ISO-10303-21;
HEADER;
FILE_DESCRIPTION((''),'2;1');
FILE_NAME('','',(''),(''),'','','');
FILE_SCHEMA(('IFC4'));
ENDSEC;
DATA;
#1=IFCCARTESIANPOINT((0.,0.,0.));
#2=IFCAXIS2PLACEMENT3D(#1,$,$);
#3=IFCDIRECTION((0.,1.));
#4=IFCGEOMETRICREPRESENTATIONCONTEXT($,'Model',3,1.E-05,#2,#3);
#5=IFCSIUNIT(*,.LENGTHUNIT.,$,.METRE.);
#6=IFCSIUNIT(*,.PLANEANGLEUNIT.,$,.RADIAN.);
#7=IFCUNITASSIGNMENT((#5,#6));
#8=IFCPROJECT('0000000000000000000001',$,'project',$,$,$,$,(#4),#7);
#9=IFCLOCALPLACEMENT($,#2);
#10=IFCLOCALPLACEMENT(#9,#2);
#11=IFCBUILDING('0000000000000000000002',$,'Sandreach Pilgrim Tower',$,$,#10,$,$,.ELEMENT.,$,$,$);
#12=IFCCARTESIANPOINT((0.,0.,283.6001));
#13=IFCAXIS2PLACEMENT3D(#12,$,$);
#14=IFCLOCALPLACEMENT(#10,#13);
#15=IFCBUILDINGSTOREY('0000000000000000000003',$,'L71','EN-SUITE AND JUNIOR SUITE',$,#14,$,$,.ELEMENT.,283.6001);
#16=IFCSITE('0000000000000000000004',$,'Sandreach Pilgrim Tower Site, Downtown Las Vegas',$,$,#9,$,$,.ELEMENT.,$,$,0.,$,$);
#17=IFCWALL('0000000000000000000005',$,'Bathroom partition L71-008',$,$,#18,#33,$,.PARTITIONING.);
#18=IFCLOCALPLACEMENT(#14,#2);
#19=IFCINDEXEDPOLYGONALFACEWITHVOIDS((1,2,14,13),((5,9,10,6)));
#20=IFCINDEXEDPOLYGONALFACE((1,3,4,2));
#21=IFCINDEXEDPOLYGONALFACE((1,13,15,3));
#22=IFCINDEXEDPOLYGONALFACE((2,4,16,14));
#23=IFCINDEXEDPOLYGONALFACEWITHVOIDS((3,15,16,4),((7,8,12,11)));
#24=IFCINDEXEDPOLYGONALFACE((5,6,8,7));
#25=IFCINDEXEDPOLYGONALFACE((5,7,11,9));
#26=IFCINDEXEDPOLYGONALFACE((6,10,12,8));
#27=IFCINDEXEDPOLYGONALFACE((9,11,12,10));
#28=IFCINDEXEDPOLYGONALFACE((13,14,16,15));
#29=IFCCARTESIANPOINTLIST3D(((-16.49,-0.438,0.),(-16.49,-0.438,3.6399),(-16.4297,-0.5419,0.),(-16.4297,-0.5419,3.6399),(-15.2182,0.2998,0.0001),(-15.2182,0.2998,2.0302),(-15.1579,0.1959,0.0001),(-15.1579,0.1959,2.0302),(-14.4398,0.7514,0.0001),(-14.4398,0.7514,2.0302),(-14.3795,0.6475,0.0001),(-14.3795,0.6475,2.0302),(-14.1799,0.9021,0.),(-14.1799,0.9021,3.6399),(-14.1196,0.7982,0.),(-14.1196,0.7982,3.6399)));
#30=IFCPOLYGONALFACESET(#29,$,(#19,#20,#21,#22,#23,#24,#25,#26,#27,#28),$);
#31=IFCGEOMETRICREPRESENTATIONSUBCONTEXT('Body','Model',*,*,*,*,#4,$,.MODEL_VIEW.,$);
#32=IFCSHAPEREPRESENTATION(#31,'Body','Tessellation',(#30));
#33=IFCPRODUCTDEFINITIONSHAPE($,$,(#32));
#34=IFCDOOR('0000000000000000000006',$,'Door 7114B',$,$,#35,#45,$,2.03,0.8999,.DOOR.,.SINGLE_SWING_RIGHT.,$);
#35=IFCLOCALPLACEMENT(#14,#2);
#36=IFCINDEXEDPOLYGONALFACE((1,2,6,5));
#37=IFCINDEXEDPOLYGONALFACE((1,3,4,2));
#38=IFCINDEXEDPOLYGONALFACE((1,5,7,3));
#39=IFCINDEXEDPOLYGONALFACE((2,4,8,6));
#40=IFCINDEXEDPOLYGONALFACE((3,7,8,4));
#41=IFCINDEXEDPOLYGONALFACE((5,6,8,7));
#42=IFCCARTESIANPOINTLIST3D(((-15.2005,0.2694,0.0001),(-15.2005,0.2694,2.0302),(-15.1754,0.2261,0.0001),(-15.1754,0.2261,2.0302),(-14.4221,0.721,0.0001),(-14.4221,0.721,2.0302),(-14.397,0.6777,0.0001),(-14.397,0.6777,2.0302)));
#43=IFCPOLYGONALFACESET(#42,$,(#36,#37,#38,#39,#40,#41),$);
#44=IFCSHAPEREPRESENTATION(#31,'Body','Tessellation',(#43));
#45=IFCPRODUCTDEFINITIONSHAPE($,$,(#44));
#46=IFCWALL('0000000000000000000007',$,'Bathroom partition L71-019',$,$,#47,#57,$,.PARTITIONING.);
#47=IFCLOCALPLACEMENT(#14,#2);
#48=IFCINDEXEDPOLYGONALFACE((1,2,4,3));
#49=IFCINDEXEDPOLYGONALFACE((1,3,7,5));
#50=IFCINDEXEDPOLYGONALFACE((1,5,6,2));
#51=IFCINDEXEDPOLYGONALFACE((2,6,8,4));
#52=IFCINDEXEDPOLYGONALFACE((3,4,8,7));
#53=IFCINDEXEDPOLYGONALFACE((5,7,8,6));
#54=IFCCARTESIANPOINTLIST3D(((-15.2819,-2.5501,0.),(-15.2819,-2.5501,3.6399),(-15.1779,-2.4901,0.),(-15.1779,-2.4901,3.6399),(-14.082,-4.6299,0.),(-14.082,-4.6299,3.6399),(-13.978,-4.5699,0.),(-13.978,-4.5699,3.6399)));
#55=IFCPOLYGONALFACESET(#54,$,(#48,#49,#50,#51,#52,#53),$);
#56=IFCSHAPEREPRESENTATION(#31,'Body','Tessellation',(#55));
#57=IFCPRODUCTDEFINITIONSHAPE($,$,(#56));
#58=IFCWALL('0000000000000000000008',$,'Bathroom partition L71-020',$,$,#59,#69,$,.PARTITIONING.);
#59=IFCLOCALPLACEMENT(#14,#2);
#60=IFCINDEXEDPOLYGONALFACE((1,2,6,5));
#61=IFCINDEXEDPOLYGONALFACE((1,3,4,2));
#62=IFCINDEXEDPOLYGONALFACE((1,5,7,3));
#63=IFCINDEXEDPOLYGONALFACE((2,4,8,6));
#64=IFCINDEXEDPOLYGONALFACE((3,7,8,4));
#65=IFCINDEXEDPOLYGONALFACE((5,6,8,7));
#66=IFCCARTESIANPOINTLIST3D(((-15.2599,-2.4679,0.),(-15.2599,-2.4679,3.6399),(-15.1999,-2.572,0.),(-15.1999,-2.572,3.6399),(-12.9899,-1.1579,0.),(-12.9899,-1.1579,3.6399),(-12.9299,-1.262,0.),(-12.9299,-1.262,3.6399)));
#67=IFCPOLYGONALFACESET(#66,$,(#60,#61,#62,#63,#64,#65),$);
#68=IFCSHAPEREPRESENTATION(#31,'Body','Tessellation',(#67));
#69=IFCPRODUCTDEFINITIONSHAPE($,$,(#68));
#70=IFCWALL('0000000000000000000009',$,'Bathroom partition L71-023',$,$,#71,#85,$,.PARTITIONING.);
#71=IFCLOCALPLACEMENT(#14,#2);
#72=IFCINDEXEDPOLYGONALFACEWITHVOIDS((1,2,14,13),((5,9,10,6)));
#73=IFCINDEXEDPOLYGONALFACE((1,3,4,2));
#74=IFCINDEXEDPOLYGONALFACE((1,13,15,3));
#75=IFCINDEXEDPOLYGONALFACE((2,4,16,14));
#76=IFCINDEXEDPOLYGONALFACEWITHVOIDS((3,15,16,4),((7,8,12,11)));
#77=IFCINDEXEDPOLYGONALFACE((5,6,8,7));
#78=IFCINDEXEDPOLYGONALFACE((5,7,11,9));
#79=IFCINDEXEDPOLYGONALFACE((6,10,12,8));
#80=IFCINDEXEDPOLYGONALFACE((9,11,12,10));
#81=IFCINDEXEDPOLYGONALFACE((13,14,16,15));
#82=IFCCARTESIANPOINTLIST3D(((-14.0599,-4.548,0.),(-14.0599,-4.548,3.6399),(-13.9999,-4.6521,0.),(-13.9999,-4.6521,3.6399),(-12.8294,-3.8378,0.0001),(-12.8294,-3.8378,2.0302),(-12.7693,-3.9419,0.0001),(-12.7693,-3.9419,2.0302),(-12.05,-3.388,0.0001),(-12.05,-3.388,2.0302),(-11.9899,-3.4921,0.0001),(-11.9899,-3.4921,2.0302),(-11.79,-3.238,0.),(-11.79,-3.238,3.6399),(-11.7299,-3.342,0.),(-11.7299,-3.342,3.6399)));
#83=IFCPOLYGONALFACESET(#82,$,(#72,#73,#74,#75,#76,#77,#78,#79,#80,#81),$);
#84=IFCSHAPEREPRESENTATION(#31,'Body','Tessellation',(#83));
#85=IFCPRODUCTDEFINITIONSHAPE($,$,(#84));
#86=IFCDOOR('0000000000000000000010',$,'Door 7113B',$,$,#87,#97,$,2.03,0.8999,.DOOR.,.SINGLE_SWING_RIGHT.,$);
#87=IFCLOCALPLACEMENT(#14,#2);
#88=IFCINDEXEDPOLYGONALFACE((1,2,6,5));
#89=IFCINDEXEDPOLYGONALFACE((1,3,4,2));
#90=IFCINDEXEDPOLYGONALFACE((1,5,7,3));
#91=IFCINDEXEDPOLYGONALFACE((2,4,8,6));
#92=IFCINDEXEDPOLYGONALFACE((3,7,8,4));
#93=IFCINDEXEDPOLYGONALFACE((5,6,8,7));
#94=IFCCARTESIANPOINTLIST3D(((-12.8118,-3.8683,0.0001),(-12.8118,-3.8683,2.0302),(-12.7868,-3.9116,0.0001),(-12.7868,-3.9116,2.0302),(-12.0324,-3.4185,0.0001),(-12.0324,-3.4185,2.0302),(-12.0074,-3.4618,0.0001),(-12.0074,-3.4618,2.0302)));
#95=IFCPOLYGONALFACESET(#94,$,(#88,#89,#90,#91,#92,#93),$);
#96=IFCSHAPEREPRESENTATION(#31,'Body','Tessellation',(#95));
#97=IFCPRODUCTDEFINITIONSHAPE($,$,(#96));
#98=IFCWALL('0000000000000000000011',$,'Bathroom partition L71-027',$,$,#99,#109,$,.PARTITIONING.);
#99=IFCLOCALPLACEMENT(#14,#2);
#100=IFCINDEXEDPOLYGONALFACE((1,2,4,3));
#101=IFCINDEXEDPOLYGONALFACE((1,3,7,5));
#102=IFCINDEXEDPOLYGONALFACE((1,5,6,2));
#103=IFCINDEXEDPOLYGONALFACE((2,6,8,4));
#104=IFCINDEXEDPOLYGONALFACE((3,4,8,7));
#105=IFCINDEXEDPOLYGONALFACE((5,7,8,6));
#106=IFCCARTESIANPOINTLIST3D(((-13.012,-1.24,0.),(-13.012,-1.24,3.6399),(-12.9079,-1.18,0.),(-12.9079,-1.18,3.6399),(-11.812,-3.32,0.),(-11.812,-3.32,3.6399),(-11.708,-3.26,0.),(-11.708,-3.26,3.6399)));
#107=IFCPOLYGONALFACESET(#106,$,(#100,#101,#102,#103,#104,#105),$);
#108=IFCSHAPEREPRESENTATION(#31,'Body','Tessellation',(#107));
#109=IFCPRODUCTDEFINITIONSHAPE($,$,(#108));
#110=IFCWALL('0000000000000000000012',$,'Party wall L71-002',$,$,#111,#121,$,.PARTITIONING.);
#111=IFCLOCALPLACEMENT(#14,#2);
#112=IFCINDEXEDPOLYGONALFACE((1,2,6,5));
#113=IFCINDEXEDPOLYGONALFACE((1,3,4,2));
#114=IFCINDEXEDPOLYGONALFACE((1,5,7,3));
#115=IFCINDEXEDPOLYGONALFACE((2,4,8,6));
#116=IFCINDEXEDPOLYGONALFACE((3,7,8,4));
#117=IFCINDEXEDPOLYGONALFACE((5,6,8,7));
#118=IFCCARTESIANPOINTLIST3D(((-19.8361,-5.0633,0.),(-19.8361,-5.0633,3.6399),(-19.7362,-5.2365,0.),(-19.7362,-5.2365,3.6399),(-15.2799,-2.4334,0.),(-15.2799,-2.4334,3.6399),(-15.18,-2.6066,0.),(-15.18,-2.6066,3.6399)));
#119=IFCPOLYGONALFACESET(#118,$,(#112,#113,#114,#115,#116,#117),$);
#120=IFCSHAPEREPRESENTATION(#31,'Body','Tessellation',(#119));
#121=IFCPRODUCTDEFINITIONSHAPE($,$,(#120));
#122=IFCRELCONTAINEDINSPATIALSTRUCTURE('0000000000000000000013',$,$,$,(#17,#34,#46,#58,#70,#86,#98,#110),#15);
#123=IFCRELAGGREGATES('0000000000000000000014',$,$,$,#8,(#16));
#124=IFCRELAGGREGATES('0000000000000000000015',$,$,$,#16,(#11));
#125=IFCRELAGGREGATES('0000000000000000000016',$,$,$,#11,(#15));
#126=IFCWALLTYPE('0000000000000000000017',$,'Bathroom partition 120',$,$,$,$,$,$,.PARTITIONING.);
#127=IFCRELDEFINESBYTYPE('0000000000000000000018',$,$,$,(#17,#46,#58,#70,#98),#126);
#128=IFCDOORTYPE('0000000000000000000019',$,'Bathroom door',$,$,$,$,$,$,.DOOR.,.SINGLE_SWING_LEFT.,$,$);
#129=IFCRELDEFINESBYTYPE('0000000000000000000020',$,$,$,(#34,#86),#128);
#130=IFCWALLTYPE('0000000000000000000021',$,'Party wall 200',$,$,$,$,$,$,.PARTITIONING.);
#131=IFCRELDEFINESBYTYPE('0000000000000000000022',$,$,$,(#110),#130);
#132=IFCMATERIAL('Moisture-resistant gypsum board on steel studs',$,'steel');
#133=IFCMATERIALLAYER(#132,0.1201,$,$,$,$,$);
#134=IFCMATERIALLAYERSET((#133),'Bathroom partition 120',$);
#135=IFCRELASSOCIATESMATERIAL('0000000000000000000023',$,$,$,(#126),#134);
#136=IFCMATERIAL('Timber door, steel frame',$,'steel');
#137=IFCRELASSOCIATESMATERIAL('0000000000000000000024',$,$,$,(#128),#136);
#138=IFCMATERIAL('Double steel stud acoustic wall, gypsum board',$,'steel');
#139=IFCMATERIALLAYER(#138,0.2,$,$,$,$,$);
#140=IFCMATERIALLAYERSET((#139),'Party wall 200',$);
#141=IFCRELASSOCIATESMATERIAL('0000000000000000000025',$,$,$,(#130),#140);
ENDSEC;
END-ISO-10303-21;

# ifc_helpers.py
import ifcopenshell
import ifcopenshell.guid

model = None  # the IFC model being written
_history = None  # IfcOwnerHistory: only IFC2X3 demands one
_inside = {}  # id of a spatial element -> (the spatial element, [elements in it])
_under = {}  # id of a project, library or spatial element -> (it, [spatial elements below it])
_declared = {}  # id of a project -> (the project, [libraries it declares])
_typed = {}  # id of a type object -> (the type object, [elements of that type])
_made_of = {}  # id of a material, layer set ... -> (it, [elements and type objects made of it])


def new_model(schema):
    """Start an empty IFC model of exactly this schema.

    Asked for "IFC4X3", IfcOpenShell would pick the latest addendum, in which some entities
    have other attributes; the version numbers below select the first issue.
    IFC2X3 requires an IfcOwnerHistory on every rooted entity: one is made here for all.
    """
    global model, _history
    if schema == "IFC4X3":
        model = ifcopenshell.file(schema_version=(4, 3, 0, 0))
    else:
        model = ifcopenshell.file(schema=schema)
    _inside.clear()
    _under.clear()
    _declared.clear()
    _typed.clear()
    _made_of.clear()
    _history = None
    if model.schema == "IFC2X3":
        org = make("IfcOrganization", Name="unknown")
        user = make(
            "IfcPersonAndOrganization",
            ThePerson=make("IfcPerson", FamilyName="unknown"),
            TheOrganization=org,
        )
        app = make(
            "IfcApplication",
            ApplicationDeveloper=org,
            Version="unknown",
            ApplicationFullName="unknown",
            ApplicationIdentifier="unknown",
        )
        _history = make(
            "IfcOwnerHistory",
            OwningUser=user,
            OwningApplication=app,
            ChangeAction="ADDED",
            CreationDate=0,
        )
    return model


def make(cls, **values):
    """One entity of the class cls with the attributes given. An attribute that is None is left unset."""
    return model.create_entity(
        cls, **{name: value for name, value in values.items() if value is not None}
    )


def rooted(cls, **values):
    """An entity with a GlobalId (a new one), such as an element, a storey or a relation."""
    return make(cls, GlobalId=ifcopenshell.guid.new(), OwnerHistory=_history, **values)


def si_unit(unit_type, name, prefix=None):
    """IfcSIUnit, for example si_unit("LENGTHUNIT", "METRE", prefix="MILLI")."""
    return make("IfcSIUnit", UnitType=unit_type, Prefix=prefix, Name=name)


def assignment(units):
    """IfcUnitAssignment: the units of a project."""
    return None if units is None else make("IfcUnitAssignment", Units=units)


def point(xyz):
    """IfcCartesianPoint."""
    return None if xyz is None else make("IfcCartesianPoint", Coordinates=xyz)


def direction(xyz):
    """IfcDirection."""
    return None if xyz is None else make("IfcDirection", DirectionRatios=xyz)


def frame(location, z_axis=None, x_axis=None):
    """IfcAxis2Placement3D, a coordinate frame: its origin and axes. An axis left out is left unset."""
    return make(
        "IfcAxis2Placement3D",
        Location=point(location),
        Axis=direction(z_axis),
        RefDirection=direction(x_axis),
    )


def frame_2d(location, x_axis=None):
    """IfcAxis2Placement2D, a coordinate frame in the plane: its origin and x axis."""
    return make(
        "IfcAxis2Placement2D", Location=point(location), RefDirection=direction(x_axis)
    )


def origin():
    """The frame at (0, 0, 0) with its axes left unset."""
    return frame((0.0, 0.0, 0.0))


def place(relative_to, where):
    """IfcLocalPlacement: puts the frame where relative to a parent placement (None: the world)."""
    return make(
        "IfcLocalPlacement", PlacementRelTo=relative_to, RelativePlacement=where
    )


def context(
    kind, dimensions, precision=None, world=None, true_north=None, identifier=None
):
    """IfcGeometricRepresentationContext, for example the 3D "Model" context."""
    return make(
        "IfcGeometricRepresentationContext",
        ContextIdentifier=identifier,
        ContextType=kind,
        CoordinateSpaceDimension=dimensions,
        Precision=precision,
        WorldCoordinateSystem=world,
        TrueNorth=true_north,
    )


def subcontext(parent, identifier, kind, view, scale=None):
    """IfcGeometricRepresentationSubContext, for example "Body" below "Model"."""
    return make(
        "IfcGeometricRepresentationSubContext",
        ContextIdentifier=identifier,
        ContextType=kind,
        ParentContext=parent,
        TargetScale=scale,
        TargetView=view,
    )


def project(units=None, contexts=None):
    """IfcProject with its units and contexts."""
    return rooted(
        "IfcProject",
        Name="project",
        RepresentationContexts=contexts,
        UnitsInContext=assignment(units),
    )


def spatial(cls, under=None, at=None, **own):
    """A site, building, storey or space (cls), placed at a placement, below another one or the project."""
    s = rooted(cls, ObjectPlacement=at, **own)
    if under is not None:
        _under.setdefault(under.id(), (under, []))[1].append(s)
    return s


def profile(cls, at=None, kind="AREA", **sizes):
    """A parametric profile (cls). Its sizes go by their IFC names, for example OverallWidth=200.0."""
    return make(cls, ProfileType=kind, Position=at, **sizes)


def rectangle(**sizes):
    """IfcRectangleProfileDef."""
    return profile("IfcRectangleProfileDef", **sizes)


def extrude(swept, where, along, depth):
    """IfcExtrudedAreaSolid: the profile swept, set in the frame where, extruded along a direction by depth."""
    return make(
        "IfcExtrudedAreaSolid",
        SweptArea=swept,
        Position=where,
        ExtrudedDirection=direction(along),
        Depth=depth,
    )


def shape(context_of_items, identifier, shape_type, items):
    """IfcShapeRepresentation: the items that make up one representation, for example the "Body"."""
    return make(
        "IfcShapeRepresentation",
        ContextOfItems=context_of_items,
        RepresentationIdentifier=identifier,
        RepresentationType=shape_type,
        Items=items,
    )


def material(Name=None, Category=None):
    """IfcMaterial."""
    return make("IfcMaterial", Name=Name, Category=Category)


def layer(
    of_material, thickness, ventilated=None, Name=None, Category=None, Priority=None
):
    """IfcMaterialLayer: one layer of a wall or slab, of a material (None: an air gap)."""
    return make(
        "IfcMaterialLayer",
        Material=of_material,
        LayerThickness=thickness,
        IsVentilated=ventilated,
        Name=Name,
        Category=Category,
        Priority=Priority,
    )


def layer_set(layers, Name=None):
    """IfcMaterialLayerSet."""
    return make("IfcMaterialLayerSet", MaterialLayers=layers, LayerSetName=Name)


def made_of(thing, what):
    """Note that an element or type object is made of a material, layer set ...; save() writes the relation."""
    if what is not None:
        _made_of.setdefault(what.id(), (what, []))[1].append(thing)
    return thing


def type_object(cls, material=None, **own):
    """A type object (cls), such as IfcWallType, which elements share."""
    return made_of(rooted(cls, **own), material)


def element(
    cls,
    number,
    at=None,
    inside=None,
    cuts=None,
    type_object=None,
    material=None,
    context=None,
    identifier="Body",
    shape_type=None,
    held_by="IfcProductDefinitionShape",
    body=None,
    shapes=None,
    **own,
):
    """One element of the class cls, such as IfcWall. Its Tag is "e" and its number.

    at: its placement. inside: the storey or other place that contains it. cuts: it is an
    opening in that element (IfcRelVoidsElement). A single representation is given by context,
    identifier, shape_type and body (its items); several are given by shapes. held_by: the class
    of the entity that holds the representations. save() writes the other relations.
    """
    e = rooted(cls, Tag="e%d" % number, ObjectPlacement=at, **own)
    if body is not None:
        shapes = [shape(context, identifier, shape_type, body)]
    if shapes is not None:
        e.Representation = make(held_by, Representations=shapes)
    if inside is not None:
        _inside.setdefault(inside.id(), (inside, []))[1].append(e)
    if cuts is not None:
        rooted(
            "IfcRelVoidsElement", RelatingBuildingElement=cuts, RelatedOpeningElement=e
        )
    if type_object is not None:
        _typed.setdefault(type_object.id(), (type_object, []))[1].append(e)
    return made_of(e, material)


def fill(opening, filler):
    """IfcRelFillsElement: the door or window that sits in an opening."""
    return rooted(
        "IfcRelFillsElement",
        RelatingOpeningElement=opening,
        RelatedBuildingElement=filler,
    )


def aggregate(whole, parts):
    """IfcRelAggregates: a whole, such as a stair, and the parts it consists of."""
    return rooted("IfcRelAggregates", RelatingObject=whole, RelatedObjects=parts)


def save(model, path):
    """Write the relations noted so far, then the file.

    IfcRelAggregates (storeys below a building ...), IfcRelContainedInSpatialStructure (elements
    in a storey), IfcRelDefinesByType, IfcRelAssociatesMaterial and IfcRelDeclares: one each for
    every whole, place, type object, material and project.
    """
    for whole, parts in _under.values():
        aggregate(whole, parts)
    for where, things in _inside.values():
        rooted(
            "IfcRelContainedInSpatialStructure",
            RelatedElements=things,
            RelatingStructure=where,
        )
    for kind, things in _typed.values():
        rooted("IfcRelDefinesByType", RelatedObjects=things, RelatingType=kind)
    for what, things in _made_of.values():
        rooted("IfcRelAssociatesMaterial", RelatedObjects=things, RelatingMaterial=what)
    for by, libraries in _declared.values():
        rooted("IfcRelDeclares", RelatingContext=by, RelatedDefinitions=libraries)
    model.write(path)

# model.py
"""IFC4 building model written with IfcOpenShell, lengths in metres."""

from ifc_helpers import new_model, si_unit, direction, frame, frame_2d, origin, place, context, subcontext, project, spatial, rectangle, extrude, material, layer, layer_set, type_object, element, fill, save


model = new_model("IFC4")

# Units and contexts
model_context = context("Model", 3, precision=1e-05, world=origin(), true_north=direction((0.0, 1.0)))
body_context = subcontext(model_context, "Body", "Model", "MODEL_VIEW")
ifc_project = project(units=[si_unit("LENGTHUNIT", "METRE"), si_unit("PLANEANGLEUNIT", "RADIAN")], contexts=[model_context])

# Site, building, storey
site_placement = place(None, origin())
site = spatial("IfcSite", under=ifc_project, at=site_placement, Name="Sandreach Pilgrim Tower Site, Downtown Las Vegas", CompositionType="ELEMENT", RefElevation=0.0)
building_placement = place(site_placement, origin())
building = spatial("IfcBuilding", under=site, at=building_placement, Name="Sandreach Pilgrim Tower", CompositionType="ELEMENT")
storey_placement = place(building_placement, frame((0.0, 0.0, 283.6001)))
storey = spatial("IfcBuildingStorey", under=building, at=storey_placement, Name="L71", Description="EN-SUITE AND JUNIOR SUITE", CompositionType="ELEMENT", Elevation=283.6001)

# Wall, opening, door
ifc_material_1 = material(Name="Moisture-resistant gypsum board on steel studs", Category="steel")
ifc_layer_1 = layer(ifc_material_1, 0.1201)
ifc_layer_set_1 = layer_set([ifc_layer_1], Name="Bathroom partition 120")
wall_type_1 = type_object("IfcWallType", Name="Bathroom partition 120", PredefinedType="PARTITIONING", material=ifc_layer_set_1)
wall_1_placement = place(storey_placement, frame((-16.46, -0.49, 0.0), z_axis=(0.0, 0.0, 1.0), x_axis=(0.86499, 0.501789, 0.0)))
wall_1 = element("IfcWall", 1, at=wall_1_placement, inside=storey, type_object=wall_type_1, Name="Bathroom partition L71-008", PredefinedType="PARTITIONING", context=body_context, shape_type="SweptSolid", body=[
    extrude(rectangle(XDim=2.6707, YDim=0.1201, at=frame_2d((1.3354, 0.0))), origin(), (0.0, 0.0, 1.0), 3.6399),
])
opening_1_placement = place(wall_1_placement, frame((1.4705, 0.0, 0.0)))
opening_1 = element("IfcOpeningElement", 2, at=opening_1_placement, cuts=wall_1, PredefinedType="OPENING", context=body_context, shape_type="SweptSolid", body=[
    extrude(rectangle(XDim=0.8999, YDim=2.03, at=frame_2d((0.45, 1.0151))), frame((0.0, 0.0601, 0.0), z_axis=(0.0, -1.0, 0.0), x_axis=(1.0, 0.0, 0.0)), (0.0, 0.0, 1.0), 0.1201),
])
ifc_material_2 = material(Name="Timber door, steel frame", Category="steel")
door_type_1 = type_object("IfcDoorType", Name="Bathroom door", OperationType="SINGLE_SWING_LEFT", PredefinedType="DOOR", material=ifc_material_2)
door_1_placement = place(opening_1_placement, origin())
door_1 = element("IfcDoor", 3, at=door_1_placement, inside=storey, type_object=door_type_1, Name="Door 7114B", OperationType="SINGLE_SWING_RIGHT", OverallHeight=2.03, OverallWidth=0.8999, PredefinedType="DOOR", context=body_context, shape_type="SweptSolid", body=[
    extrude(rectangle(XDim=0.8999, YDim=2.03, at=frame_2d((0.45, 1.0151))), frame((0.0, 0.0249, 0.0), z_axis=(0.0, -1.0, 0.0), x_axis=(1.0, 0.0, 0.0)), (0.0, 0.0, 1.0), 0.05),
])
fill(opening_1, door_1)

# Walls
wall_2_placement = place(storey_placement, frame((-15.23, -2.52, 0.0), z_axis=(0.0, 0.0, 1.0), x_axis=(0.499737, -0.866177, 0.0)))
element("IfcWall", 4, at=wall_2_placement, inside=storey, type_object=wall_type_1, Name="Bathroom partition L71-019", PredefinedType="PARTITIONING", context=body_context, shape_type="SweptSolid", body=[
    extrude(rectangle(XDim=2.4011, YDim=0.1201, at=frame_2d((1.2007, 0.0))), origin(), (0.0, 0.0, 1.0), 3.6399),
])
wall_3_placement = place(storey_placement, frame((-15.23, -2.52, 0.0), z_axis=(0.0, 0.0, 1.0), x_axis=(0.866114, 0.499846, 0.0)))
element("IfcWall", 5, at=wall_3_placement, inside=storey, type_object=wall_type_1, Name="Bathroom partition L71-020", PredefinedType="PARTITIONING", context=body_context, shape_type="SweptSolid", body=[
    extrude(rectangle(XDim=2.6208, YDim=0.1201, at=frame_2d((1.3105, 0.0))), origin(), (0.0, 0.0, 1.0), 3.6399),
])

# Wall, opening, door
wall_4_placement = place(storey_placement, frame((-14.03, -4.6001, 0.0), z_axis=(0.0, 0.0, 1.0), x_axis=(0.866114, 0.499846, 0.0)))
wall_4 = element("IfcWall", 6, at=wall_4_placement, inside=storey, type_object=wall_type_1, Name="Bathroom partition L71-023", PredefinedType="PARTITIONING", context=body_context, shape_type="SweptSolid", body=[
    extrude(rectangle(XDim=2.6208, YDim=0.1201, at=frame_2d((1.3105, 0.0))), origin(), (0.0, 0.0, 1.0), 3.6399),
])
opening_2_placement = place(wall_4_placement, frame((1.4209, 0.0, 0.0)))
opening_2 = element("IfcOpeningElement", 7, at=opening_2_placement, cuts=wall_4, PredefinedType="OPENING", context=body_context, shape_type="SweptSolid", body=[
    extrude(rectangle(XDim=0.8999, YDim=2.03, at=frame_2d((0.45, 1.0151))), frame((0.0, 0.0601, 0.0), z_axis=(0.0, -1.0, 0.0), x_axis=(1.0, 0.0, 0.0)), (0.0, 0.0, 1.0), 0.1201),
])
door_2_placement = place(opening_2_placement, origin())
door_2 = element("IfcDoor", 8, at=door_2_placement, inside=storey, type_object=door_type_1, Name="Door 7113B", OperationType="SINGLE_SWING_RIGHT", OverallHeight=2.03, OverallWidth=0.8999, PredefinedType="DOOR", context=body_context, shape_type="SweptSolid", body=[
    extrude(rectangle(XDim=0.8999, YDim=2.03, at=frame_2d((0.45, 1.0151))), frame((0.0, 0.0249, 0.0), z_axis=(0.0, -1.0, 0.0), x_axis=(1.0, 0.0, 0.0)), (0.0, 0.0, 1.0), 0.05),
])
fill(opening_2, door_2)

# Wall
wall_5_placement = place(storey_placement, frame((-12.96, -1.21, 0.0), z_axis=(0.0, 0.0, 1.0), x_axis=(0.499693, -0.866203, 0.0)))
element("IfcWall", 9, at=wall_5_placement, inside=storey, type_object=wall_type_1, Name="Bathroom partition L71-027", PredefinedType="PARTITIONING", context=body_context, shape_type="SweptSolid", body=[
    extrude(rectangle(XDim=2.4014, YDim=0.1201, at=frame_2d((1.2007, 0.0))), origin(), (0.0, 0.0, 1.0), 3.6399),
])

# Wall
ifc_material_3 = material(Name="Double steel stud acoustic wall, gypsum board", Category="steel")
ifc_layer_2 = layer(ifc_material_3, 0.2)
ifc_layer_set_2 = layer_set([ifc_layer_2], Name="Party wall 200")
wall_type_2 = type_object("IfcWallType", Name="Party wall 200", PredefinedType="PARTITIONING", material=ifc_layer_set_2)
wall_6_placement = place(storey_placement, frame((-19.7861, -5.1499, 0.0), z_axis=(0.0, 0.0, 1.0), x_axis=(0.866076, 0.499913, 0.0)))
element("IfcWall", 10, at=wall_6_placement, inside=storey, type_object=wall_type_2, Name="Party wall L71-002", PredefinedType="PARTITIONING", context=body_context, shape_type="SweptSolid", body=[
    extrude(rectangle(XDim=5.2607, YDim=0.2, at=frame_2d((2.6304, 0.0))), origin(), (0.0, 0.0, 1.0), 3.6399),
])

save(model, "model.ifc")
